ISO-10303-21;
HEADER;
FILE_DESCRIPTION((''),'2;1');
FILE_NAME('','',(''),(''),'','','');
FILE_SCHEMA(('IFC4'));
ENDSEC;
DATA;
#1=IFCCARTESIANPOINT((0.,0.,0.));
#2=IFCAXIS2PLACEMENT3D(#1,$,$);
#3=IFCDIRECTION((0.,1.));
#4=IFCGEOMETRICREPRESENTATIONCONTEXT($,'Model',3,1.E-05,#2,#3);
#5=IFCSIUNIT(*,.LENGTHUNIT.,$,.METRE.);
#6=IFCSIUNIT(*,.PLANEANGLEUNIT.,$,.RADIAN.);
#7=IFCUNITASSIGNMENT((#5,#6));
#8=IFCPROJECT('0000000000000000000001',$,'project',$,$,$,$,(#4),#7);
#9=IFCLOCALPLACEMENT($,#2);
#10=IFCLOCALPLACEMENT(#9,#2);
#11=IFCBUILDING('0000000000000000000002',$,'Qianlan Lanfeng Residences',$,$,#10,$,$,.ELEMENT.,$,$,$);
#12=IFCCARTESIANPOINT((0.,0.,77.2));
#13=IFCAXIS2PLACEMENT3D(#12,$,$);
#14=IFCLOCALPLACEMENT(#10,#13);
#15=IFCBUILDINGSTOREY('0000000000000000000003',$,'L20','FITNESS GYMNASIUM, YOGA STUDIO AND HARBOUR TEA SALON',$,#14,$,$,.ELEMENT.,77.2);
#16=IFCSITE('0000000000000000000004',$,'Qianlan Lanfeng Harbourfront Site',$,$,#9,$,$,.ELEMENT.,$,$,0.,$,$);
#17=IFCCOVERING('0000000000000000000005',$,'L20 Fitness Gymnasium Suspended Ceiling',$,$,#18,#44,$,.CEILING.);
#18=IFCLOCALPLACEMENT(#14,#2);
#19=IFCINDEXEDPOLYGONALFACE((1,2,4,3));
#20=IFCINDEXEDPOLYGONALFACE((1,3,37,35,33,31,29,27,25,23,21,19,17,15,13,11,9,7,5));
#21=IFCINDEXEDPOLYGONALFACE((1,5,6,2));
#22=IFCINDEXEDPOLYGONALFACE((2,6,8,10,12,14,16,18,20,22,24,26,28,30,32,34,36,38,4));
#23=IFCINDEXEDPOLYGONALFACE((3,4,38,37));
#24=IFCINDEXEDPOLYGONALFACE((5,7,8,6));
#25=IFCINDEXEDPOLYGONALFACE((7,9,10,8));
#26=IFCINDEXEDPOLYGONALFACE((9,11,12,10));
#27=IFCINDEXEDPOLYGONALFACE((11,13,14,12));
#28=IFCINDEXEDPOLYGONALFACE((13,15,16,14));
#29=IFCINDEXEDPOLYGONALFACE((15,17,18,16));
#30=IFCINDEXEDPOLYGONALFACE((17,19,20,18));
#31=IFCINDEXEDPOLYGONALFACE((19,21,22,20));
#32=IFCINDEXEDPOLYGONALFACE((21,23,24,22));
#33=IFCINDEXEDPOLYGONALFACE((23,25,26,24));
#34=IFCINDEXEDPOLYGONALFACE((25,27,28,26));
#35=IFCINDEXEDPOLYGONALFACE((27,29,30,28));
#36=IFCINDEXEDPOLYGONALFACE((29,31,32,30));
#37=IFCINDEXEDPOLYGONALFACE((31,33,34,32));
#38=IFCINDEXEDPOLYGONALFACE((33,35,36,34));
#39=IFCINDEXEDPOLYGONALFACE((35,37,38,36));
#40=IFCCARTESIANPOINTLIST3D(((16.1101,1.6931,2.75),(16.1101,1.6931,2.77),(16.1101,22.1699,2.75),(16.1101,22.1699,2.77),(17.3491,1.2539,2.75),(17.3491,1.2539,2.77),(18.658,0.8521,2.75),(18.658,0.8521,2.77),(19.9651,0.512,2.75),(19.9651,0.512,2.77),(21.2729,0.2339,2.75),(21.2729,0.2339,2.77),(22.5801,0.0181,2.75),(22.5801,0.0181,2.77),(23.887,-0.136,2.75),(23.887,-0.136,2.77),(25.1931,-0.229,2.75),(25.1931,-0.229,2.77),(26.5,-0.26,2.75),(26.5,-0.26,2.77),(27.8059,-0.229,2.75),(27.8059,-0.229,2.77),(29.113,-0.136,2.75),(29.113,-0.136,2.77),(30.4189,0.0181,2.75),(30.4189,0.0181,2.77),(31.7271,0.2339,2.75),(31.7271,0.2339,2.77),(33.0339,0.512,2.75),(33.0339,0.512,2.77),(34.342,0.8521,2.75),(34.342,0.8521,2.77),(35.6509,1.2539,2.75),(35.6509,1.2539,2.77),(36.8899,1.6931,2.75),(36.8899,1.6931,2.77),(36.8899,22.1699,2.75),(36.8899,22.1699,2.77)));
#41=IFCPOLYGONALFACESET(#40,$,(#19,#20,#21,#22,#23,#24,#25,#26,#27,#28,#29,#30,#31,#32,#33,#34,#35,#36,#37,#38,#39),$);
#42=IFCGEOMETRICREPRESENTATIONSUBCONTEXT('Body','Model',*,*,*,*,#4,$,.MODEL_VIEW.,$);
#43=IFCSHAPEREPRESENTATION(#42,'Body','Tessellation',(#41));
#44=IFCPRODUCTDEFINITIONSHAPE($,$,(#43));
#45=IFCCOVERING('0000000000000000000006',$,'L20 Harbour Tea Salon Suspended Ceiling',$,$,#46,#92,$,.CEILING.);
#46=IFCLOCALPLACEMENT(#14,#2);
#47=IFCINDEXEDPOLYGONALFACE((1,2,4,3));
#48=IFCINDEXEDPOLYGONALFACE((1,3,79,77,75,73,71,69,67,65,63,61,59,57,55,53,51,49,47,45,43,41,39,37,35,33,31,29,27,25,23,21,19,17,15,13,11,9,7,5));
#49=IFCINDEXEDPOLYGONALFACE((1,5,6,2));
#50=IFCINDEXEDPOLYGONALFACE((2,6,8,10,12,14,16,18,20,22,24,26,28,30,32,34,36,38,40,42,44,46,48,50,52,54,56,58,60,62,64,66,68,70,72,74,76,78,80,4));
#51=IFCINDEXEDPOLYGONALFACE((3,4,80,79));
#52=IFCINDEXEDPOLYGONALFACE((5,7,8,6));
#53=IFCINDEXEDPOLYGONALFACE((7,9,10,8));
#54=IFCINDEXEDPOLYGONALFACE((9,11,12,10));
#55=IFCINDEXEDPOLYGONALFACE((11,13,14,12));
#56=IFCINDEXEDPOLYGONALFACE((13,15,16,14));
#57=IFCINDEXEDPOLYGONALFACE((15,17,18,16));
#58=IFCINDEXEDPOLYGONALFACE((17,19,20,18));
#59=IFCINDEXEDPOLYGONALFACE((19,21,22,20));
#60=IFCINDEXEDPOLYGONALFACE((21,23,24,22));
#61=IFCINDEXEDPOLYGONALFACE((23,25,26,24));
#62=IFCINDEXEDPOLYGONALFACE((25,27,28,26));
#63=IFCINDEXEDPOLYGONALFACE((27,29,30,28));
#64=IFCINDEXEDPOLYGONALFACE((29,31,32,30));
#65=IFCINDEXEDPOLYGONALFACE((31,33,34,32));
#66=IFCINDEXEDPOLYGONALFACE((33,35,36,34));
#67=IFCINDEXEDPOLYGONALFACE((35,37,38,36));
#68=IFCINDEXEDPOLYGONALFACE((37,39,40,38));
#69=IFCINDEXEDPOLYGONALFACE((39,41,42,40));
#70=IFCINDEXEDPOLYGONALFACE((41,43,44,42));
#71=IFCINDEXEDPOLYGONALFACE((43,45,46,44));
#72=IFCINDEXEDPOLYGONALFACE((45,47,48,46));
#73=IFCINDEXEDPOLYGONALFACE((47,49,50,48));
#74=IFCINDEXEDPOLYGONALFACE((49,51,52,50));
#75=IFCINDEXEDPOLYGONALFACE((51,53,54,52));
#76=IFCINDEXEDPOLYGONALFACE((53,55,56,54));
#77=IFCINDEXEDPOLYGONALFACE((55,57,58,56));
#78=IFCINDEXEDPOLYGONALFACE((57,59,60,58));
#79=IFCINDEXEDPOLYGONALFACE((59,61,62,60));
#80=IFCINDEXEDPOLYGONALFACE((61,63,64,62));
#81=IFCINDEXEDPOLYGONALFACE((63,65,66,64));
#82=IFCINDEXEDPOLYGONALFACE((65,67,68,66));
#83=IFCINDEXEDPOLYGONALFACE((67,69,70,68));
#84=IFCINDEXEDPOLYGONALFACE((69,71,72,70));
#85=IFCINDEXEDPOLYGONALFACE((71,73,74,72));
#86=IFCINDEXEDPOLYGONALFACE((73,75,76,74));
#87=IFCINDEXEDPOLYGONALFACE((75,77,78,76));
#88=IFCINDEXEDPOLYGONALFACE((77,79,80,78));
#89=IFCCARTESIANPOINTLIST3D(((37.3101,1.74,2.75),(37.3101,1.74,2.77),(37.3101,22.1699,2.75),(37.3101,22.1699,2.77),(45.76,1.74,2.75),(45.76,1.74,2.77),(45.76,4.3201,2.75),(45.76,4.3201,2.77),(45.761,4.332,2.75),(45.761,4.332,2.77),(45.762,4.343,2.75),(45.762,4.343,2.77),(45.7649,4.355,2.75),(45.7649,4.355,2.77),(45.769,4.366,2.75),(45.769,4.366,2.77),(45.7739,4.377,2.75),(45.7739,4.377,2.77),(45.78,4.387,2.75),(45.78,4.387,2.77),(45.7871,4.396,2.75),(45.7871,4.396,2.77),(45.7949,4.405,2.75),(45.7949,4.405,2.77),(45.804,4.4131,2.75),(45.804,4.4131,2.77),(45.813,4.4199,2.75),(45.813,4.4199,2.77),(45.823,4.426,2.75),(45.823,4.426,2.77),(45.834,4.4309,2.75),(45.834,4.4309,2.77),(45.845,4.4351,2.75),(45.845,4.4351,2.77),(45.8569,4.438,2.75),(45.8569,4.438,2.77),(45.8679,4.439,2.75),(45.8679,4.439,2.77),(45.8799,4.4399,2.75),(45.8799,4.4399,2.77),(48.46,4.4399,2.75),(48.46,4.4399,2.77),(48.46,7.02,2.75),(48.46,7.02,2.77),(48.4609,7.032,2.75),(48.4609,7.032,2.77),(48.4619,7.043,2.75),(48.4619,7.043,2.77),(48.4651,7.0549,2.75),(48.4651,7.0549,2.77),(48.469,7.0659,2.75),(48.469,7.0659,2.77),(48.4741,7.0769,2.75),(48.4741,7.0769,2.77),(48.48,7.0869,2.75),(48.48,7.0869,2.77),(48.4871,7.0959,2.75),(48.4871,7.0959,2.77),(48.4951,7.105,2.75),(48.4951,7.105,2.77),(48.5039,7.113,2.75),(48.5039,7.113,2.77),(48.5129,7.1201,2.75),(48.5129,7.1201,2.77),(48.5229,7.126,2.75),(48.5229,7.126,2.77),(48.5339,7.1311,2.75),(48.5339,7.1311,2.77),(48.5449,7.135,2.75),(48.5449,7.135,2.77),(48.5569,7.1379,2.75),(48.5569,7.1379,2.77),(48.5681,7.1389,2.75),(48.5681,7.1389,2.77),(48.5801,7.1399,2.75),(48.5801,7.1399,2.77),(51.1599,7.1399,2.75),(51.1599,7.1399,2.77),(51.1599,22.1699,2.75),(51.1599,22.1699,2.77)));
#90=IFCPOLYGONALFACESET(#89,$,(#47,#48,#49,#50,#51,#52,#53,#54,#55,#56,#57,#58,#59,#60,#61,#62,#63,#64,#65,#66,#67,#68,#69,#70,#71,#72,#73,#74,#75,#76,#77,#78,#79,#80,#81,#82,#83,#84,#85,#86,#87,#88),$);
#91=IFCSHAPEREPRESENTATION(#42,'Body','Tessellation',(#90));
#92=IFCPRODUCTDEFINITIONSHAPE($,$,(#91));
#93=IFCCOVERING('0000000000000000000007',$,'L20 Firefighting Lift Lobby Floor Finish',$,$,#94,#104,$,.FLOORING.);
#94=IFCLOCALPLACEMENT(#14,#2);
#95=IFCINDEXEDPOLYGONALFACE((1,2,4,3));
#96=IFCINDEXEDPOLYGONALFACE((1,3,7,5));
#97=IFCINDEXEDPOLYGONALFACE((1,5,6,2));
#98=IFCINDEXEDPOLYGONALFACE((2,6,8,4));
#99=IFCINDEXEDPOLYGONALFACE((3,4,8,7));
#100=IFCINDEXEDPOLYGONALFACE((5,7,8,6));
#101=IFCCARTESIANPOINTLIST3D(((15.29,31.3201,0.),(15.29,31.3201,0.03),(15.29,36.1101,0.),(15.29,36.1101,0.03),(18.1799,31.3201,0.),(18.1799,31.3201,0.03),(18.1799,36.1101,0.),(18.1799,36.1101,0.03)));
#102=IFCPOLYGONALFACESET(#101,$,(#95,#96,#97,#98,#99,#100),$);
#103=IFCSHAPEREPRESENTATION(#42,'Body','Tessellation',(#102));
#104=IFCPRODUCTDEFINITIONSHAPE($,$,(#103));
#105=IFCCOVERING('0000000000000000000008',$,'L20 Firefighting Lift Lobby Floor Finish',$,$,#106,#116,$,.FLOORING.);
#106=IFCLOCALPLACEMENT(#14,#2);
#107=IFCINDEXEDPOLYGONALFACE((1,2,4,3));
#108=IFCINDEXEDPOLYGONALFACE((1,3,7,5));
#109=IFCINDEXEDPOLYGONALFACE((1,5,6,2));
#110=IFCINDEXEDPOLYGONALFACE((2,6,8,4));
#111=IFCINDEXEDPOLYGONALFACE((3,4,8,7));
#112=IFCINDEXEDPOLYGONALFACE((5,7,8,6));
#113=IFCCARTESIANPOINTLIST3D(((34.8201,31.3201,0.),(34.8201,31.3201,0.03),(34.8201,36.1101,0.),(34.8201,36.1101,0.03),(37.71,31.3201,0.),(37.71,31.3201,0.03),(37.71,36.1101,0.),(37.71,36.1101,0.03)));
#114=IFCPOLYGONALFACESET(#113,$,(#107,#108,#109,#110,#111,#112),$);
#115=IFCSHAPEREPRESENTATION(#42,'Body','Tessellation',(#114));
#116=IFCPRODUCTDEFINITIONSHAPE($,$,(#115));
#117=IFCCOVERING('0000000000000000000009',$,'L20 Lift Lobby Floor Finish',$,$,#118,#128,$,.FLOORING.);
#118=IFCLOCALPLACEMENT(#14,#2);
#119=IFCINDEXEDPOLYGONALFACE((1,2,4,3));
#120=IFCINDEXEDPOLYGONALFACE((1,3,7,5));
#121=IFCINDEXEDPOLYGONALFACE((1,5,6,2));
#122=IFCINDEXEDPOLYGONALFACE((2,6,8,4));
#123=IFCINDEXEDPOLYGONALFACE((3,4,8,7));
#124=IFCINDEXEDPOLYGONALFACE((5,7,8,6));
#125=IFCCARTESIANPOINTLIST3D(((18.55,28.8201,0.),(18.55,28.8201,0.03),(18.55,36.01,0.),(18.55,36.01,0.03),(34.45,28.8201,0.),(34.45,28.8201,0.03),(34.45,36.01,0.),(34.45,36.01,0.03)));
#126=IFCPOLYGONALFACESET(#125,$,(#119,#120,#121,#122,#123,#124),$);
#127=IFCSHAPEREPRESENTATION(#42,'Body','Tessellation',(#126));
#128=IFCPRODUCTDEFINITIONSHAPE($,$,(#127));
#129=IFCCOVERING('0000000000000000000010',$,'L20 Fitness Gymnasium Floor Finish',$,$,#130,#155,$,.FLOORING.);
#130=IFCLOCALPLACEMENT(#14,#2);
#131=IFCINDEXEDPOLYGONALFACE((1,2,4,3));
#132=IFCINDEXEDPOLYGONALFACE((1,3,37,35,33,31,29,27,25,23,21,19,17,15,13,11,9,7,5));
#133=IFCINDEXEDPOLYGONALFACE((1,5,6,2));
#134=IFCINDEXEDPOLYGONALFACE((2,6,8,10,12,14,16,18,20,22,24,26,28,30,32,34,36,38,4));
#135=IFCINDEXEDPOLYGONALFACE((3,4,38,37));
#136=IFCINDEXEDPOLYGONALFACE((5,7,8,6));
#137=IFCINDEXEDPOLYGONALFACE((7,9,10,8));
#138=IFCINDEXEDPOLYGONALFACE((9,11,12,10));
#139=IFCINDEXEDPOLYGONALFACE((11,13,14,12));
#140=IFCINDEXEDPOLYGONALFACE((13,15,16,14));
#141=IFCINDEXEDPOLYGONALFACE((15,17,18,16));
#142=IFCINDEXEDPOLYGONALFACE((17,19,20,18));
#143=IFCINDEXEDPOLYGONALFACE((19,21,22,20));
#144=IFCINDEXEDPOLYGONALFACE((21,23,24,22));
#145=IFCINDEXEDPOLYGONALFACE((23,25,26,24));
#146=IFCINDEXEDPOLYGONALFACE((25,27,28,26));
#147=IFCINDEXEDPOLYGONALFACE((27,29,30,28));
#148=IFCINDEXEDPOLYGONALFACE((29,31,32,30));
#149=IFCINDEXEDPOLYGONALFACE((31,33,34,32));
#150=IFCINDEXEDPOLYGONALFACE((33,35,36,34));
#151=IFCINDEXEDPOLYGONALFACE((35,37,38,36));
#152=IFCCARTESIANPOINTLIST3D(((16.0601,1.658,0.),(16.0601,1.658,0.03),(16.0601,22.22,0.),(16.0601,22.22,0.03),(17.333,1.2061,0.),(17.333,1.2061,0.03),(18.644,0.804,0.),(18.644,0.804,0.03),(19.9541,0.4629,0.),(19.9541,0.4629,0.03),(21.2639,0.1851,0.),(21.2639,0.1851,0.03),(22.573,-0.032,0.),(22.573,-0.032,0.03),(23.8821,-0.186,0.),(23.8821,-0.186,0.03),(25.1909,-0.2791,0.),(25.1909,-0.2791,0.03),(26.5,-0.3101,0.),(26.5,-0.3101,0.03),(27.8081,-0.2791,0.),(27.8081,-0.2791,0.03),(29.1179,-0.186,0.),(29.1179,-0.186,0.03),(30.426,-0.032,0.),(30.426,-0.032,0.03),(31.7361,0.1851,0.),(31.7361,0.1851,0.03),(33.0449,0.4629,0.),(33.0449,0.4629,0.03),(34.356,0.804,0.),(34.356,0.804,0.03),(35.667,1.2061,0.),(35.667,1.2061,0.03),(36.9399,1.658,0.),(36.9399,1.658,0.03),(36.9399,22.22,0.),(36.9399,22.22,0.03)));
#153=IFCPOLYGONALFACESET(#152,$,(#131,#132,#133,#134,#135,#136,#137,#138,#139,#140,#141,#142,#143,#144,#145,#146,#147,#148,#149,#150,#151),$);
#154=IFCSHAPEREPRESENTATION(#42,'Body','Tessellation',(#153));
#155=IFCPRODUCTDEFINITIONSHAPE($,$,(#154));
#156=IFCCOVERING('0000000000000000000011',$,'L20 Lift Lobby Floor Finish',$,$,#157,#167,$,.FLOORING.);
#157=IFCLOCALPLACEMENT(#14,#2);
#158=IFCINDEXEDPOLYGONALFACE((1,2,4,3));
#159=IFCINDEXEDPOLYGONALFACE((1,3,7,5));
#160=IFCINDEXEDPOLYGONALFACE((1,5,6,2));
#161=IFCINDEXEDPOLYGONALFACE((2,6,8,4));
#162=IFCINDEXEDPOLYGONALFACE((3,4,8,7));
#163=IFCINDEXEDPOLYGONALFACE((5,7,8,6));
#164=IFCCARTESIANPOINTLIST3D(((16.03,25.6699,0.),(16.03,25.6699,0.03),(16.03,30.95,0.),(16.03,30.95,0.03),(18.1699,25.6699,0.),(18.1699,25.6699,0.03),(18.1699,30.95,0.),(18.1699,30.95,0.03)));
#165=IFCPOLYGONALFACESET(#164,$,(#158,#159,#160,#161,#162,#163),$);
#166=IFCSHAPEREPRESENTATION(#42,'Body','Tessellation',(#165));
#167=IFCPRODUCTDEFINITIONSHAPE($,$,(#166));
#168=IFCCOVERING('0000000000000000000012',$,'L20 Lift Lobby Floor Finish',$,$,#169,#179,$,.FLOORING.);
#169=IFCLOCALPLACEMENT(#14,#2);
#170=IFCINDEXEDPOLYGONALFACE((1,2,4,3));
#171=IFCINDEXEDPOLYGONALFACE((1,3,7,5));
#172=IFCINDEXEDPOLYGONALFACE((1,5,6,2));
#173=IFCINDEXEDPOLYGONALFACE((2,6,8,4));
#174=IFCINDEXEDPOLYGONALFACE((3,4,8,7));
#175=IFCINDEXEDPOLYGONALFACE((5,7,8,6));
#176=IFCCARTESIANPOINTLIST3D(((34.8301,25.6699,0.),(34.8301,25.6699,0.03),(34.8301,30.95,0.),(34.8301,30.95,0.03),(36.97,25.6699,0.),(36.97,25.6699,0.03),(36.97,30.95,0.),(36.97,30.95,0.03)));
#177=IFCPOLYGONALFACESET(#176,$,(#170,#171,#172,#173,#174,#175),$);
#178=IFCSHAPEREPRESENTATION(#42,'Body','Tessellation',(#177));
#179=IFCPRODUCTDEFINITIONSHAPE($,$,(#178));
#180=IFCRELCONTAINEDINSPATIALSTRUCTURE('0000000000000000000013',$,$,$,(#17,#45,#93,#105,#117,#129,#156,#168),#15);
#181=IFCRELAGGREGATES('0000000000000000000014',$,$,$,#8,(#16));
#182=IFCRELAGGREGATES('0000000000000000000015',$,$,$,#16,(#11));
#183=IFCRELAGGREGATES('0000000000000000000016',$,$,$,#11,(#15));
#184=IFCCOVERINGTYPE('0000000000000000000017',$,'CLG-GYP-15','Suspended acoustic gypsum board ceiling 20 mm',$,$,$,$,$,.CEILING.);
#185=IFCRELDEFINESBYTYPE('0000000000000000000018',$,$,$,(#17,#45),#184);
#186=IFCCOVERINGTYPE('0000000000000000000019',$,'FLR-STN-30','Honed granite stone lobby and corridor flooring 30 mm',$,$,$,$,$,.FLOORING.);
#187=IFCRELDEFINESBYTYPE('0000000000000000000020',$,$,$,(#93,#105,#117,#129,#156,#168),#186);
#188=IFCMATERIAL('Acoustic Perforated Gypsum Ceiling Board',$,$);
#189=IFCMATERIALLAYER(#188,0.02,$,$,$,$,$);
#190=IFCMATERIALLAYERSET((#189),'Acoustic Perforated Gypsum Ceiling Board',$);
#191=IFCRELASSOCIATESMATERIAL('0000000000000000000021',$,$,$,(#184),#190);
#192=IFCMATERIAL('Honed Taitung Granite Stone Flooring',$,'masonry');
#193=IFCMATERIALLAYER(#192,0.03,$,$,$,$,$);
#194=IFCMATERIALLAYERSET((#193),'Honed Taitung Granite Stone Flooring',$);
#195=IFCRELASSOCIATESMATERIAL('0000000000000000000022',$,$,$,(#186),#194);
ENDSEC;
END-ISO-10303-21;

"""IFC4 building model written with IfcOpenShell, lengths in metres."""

from ifc_helpers import new_model, si_unit, direction, frame, origin, place, context, subcontext, project, spatial, polyline, outline, extrude, material, layer, layer_set, type_object, element, save


model = new_model("IFC4")

# Units and contexts
model_context = context("Model", 3, precision=1e-05, world=origin(), true_north=direction((0.0, 1.0)))
body_context = subcontext(model_context, "Body", "Model", "MODEL_VIEW")
ifc_project = project(units=[si_unit("LENGTHUNIT", "METRE"), si_unit("PLANEANGLEUNIT", "RADIAN")], contexts=[model_context])

# Site, building, storey
site_placement = place(None, origin())
site = spatial("IfcSite", under=ifc_project, at=site_placement, Name="Qianlan Lanfeng Harbourfront Site", CompositionType="ELEMENT", RefElevation=0.0)
building_placement = place(site_placement, origin())
building = spatial("IfcBuilding", under=site, at=building_placement, Name="Qianlan Lanfeng Residences", CompositionType="ELEMENT")
storey_placement = place(building_placement, frame((0.0, 0.0, 77.2)))
storey = spatial("IfcBuildingStorey", under=building, at=storey_placement, Name="L20", Description="FITNESS GYMNASIUM, YOGA STUDIO AND HARBOUR TEA SALON", CompositionType="ELEMENT", Elevation=77.2)

# Coverings
ifc_material_1 = material(Name="Acoustic Perforated Gypsum Ceiling Board")
ifc_layer_1 = layer(ifc_material_1, 0.02)
ifc_layer_set_1 = layer_set([ifc_layer_1], Name="Acoustic Perforated Gypsum Ceiling Board")
covering_type_1 = type_object("IfcCoveringType", Name="CLG-GYP-15", Description="Suspended acoustic gypsum board ceiling 20 mm", PredefinedType="CEILING", material=ifc_layer_set_1)
covering_1_placement = place(storey_placement, frame((0.0, 0.0, 2.75)))
element("IfcCovering", 1, at=covering_1_placement, inside=storey, type_object=covering_type_1, Name="L20 Fitness Gymnasium Suspended Ceiling", PredefinedType="CEILING", context=body_context, shape_type="SweptSolid", body=[
    extrude(outline(polyline([(16.1101, 22.1699), (16.1101, 1.6931), (17.3491, 1.2539), (18.658, 0.8521), (19.9651, 0.512), (21.2729, 0.2339), (22.5801, 0.0181), (23.887, -0.136), (25.1931, -0.229), (26.5, -0.26), (27.8059, -0.229), (29.113, -0.136), (30.4189, 0.0181), (31.7271, 0.2339), (33.0339, 0.512), (34.342, 0.8521), (35.6509, 1.2539), (36.8899, 1.6931), (36.8899, 22.1699), (16.1101, 22.1699)])), origin(), (0.0, 0.0, 1.0), 0.02),
])
covering_2_placement = place(storey_placement, frame((0.0, 0.0, 2.75)))
element("IfcCovering", 2, at=covering_2_placement, inside=storey, type_object=covering_type_1, Name="L20 Harbour Tea Salon Suspended Ceiling", PredefinedType="CEILING", context=body_context, shape_type="SweptSolid", body=[
    extrude(outline(polyline([(37.3101, 22.1699), (37.3101, 1.74), (45.76, 1.74), (45.76, 4.3201), (45.761, 4.332), (45.762, 4.343), (45.7649, 4.355), (45.769, 4.366), (45.7739, 4.377), (45.78, 4.387), (45.7871, 4.396), (45.7949, 4.405), (45.804, 4.4131), (45.813, 4.4199), (45.823, 4.426), (45.834, 4.4309), (45.845, 4.4351), (45.8569, 4.438), (45.8679, 4.439), (45.8799, 4.4399), (48.46, 4.4399), (48.46, 7.02), (48.4609, 7.032), (48.4619, 7.043), (48.4651, 7.0549), (48.469, 7.0659), (48.4741, 7.0769), (48.48, 7.0869), (48.4871, 7.0959), (48.4951, 7.105), (48.5039, 7.113), (48.5129, 7.1201), (48.5229, 7.126), (48.5339, 7.1311), (48.5449, 7.135), (48.5569, 7.1379), (48.5681, 7.1389), (48.5801, 7.1399), (51.1599, 7.1399), (51.1599, 22.1699), (37.3101, 22.1699)])), origin(), (0.0, 0.0, 1.0), 0.02),
])
ifc_material_2 = material(Name="Honed Taitung Granite Stone Flooring", Category="masonry")
ifc_layer_2 = layer(ifc_material_2, 0.03)
ifc_layer_set_2 = layer_set([ifc_layer_2], Name="Honed Taitung Granite Stone Flooring")
covering_type_2 = type_object("IfcCoveringType", Name="FLR-STN-30", Description="Honed granite stone lobby and corridor flooring 30 mm", PredefinedType="FLOORING", material=ifc_layer_set_2)
covering_3_placement = place(storey_placement, origin())
element("IfcCovering", 3, at=covering_3_placement, inside=storey, type_object=covering_type_2, Name="L20 Firefighting Lift Lobby Floor Finish", PredefinedType="FLOORING", context=body_context, shape_type="SweptSolid", body=[
    extrude(outline(polyline([(15.29, 31.3201), (18.1799, 31.3201), (18.1799, 36.1101), (15.29, 36.1101), (15.29, 31.3201)])), origin(), (0.0, 0.0, 1.0), 0.03),
])
covering_4_placement = place(storey_placement, origin())
element("IfcCovering", 4, at=covering_4_placement, inside=storey, type_object=covering_type_2, Name="L20 Firefighting Lift Lobby Floor Finish", PredefinedType="FLOORING", context=body_context, shape_type="SweptSolid", body=[
    extrude(outline(polyline([(34.8201, 31.3201), (37.71, 31.3201), (37.71, 36.1101), (34.8201, 36.1101), (34.8201, 31.3201)])), origin(), (0.0, 0.0, 1.0), 0.03),
])
covering_5_placement = place(storey_placement, origin())
element("IfcCovering", 5, at=covering_5_placement, inside=storey, type_object=covering_type_2, Name="L20 Lift Lobby Floor Finish", PredefinedType="FLOORING", context=body_context, shape_type="SweptSolid", body=[
    extrude(outline(polyline([(18.55, 28.8201), (34.45, 28.8201), (34.45, 36.01), (18.55, 36.01), (18.55, 28.8201)])), origin(), (0.0, 0.0, 1.0), 0.03),
])
covering_6_placement = place(storey_placement, origin())
element("IfcCovering", 6, at=covering_6_placement, inside=storey, type_object=covering_type_2, Name="L20 Fitness Gymnasium Floor Finish", PredefinedType="FLOORING", context=body_context, shape_type="SweptSolid", body=[
    extrude(outline(polyline([(16.0601, 22.22), (16.0601, 1.658), (17.333, 1.2061), (18.644, 0.804), (19.9541, 0.4629), (21.2639, 0.1851), (22.573, -0.032), (23.8821, -0.186), (25.1909, -0.2791), (26.5, -0.3101), (27.8081, -0.2791), (29.1179, -0.186), (30.426, -0.032), (31.7361, 0.1851), (33.0449, 0.4629), (34.356, 0.804), (35.667, 1.2061), (36.9399, 1.658), (36.9399, 22.22), (16.0601, 22.22)])), origin(), (0.0, 0.0, 1.0), 0.03),
])
covering_7_placement = place(storey_placement, origin())
element("IfcCovering", 7, at=covering_7_placement, inside=storey, type_object=covering_type_2, Name="L20 Lift Lobby Floor Finish", PredefinedType="FLOORING", context=body_context, shape_type="SweptSolid", body=[
    extrude(outline(polyline([(16.03, 25.6699), (18.1699, 25.6699), (18.1699, 30.95), (16.03, 30.95), (16.03, 25.6699)])), origin(), (0.0, 0.0, 1.0), 0.03),
])
covering_8_placement = place(storey_placement, origin())
element("IfcCovering", 8, at=covering_8_placement, inside=storey, type_object=covering_type_2, Name="L20 Lift Lobby Floor Finish", PredefinedType="FLOORING", context=body_context, shape_type="SweptSolid", body=[
    extrude(outline(polyline([(34.8301, 25.6699), (36.97, 25.6699), (36.97, 30.95), (34.8301, 30.95), (34.8301, 25.6699)])), origin(), (0.0, 0.0, 1.0), 0.03),
])

save(model, "model.ifc")
